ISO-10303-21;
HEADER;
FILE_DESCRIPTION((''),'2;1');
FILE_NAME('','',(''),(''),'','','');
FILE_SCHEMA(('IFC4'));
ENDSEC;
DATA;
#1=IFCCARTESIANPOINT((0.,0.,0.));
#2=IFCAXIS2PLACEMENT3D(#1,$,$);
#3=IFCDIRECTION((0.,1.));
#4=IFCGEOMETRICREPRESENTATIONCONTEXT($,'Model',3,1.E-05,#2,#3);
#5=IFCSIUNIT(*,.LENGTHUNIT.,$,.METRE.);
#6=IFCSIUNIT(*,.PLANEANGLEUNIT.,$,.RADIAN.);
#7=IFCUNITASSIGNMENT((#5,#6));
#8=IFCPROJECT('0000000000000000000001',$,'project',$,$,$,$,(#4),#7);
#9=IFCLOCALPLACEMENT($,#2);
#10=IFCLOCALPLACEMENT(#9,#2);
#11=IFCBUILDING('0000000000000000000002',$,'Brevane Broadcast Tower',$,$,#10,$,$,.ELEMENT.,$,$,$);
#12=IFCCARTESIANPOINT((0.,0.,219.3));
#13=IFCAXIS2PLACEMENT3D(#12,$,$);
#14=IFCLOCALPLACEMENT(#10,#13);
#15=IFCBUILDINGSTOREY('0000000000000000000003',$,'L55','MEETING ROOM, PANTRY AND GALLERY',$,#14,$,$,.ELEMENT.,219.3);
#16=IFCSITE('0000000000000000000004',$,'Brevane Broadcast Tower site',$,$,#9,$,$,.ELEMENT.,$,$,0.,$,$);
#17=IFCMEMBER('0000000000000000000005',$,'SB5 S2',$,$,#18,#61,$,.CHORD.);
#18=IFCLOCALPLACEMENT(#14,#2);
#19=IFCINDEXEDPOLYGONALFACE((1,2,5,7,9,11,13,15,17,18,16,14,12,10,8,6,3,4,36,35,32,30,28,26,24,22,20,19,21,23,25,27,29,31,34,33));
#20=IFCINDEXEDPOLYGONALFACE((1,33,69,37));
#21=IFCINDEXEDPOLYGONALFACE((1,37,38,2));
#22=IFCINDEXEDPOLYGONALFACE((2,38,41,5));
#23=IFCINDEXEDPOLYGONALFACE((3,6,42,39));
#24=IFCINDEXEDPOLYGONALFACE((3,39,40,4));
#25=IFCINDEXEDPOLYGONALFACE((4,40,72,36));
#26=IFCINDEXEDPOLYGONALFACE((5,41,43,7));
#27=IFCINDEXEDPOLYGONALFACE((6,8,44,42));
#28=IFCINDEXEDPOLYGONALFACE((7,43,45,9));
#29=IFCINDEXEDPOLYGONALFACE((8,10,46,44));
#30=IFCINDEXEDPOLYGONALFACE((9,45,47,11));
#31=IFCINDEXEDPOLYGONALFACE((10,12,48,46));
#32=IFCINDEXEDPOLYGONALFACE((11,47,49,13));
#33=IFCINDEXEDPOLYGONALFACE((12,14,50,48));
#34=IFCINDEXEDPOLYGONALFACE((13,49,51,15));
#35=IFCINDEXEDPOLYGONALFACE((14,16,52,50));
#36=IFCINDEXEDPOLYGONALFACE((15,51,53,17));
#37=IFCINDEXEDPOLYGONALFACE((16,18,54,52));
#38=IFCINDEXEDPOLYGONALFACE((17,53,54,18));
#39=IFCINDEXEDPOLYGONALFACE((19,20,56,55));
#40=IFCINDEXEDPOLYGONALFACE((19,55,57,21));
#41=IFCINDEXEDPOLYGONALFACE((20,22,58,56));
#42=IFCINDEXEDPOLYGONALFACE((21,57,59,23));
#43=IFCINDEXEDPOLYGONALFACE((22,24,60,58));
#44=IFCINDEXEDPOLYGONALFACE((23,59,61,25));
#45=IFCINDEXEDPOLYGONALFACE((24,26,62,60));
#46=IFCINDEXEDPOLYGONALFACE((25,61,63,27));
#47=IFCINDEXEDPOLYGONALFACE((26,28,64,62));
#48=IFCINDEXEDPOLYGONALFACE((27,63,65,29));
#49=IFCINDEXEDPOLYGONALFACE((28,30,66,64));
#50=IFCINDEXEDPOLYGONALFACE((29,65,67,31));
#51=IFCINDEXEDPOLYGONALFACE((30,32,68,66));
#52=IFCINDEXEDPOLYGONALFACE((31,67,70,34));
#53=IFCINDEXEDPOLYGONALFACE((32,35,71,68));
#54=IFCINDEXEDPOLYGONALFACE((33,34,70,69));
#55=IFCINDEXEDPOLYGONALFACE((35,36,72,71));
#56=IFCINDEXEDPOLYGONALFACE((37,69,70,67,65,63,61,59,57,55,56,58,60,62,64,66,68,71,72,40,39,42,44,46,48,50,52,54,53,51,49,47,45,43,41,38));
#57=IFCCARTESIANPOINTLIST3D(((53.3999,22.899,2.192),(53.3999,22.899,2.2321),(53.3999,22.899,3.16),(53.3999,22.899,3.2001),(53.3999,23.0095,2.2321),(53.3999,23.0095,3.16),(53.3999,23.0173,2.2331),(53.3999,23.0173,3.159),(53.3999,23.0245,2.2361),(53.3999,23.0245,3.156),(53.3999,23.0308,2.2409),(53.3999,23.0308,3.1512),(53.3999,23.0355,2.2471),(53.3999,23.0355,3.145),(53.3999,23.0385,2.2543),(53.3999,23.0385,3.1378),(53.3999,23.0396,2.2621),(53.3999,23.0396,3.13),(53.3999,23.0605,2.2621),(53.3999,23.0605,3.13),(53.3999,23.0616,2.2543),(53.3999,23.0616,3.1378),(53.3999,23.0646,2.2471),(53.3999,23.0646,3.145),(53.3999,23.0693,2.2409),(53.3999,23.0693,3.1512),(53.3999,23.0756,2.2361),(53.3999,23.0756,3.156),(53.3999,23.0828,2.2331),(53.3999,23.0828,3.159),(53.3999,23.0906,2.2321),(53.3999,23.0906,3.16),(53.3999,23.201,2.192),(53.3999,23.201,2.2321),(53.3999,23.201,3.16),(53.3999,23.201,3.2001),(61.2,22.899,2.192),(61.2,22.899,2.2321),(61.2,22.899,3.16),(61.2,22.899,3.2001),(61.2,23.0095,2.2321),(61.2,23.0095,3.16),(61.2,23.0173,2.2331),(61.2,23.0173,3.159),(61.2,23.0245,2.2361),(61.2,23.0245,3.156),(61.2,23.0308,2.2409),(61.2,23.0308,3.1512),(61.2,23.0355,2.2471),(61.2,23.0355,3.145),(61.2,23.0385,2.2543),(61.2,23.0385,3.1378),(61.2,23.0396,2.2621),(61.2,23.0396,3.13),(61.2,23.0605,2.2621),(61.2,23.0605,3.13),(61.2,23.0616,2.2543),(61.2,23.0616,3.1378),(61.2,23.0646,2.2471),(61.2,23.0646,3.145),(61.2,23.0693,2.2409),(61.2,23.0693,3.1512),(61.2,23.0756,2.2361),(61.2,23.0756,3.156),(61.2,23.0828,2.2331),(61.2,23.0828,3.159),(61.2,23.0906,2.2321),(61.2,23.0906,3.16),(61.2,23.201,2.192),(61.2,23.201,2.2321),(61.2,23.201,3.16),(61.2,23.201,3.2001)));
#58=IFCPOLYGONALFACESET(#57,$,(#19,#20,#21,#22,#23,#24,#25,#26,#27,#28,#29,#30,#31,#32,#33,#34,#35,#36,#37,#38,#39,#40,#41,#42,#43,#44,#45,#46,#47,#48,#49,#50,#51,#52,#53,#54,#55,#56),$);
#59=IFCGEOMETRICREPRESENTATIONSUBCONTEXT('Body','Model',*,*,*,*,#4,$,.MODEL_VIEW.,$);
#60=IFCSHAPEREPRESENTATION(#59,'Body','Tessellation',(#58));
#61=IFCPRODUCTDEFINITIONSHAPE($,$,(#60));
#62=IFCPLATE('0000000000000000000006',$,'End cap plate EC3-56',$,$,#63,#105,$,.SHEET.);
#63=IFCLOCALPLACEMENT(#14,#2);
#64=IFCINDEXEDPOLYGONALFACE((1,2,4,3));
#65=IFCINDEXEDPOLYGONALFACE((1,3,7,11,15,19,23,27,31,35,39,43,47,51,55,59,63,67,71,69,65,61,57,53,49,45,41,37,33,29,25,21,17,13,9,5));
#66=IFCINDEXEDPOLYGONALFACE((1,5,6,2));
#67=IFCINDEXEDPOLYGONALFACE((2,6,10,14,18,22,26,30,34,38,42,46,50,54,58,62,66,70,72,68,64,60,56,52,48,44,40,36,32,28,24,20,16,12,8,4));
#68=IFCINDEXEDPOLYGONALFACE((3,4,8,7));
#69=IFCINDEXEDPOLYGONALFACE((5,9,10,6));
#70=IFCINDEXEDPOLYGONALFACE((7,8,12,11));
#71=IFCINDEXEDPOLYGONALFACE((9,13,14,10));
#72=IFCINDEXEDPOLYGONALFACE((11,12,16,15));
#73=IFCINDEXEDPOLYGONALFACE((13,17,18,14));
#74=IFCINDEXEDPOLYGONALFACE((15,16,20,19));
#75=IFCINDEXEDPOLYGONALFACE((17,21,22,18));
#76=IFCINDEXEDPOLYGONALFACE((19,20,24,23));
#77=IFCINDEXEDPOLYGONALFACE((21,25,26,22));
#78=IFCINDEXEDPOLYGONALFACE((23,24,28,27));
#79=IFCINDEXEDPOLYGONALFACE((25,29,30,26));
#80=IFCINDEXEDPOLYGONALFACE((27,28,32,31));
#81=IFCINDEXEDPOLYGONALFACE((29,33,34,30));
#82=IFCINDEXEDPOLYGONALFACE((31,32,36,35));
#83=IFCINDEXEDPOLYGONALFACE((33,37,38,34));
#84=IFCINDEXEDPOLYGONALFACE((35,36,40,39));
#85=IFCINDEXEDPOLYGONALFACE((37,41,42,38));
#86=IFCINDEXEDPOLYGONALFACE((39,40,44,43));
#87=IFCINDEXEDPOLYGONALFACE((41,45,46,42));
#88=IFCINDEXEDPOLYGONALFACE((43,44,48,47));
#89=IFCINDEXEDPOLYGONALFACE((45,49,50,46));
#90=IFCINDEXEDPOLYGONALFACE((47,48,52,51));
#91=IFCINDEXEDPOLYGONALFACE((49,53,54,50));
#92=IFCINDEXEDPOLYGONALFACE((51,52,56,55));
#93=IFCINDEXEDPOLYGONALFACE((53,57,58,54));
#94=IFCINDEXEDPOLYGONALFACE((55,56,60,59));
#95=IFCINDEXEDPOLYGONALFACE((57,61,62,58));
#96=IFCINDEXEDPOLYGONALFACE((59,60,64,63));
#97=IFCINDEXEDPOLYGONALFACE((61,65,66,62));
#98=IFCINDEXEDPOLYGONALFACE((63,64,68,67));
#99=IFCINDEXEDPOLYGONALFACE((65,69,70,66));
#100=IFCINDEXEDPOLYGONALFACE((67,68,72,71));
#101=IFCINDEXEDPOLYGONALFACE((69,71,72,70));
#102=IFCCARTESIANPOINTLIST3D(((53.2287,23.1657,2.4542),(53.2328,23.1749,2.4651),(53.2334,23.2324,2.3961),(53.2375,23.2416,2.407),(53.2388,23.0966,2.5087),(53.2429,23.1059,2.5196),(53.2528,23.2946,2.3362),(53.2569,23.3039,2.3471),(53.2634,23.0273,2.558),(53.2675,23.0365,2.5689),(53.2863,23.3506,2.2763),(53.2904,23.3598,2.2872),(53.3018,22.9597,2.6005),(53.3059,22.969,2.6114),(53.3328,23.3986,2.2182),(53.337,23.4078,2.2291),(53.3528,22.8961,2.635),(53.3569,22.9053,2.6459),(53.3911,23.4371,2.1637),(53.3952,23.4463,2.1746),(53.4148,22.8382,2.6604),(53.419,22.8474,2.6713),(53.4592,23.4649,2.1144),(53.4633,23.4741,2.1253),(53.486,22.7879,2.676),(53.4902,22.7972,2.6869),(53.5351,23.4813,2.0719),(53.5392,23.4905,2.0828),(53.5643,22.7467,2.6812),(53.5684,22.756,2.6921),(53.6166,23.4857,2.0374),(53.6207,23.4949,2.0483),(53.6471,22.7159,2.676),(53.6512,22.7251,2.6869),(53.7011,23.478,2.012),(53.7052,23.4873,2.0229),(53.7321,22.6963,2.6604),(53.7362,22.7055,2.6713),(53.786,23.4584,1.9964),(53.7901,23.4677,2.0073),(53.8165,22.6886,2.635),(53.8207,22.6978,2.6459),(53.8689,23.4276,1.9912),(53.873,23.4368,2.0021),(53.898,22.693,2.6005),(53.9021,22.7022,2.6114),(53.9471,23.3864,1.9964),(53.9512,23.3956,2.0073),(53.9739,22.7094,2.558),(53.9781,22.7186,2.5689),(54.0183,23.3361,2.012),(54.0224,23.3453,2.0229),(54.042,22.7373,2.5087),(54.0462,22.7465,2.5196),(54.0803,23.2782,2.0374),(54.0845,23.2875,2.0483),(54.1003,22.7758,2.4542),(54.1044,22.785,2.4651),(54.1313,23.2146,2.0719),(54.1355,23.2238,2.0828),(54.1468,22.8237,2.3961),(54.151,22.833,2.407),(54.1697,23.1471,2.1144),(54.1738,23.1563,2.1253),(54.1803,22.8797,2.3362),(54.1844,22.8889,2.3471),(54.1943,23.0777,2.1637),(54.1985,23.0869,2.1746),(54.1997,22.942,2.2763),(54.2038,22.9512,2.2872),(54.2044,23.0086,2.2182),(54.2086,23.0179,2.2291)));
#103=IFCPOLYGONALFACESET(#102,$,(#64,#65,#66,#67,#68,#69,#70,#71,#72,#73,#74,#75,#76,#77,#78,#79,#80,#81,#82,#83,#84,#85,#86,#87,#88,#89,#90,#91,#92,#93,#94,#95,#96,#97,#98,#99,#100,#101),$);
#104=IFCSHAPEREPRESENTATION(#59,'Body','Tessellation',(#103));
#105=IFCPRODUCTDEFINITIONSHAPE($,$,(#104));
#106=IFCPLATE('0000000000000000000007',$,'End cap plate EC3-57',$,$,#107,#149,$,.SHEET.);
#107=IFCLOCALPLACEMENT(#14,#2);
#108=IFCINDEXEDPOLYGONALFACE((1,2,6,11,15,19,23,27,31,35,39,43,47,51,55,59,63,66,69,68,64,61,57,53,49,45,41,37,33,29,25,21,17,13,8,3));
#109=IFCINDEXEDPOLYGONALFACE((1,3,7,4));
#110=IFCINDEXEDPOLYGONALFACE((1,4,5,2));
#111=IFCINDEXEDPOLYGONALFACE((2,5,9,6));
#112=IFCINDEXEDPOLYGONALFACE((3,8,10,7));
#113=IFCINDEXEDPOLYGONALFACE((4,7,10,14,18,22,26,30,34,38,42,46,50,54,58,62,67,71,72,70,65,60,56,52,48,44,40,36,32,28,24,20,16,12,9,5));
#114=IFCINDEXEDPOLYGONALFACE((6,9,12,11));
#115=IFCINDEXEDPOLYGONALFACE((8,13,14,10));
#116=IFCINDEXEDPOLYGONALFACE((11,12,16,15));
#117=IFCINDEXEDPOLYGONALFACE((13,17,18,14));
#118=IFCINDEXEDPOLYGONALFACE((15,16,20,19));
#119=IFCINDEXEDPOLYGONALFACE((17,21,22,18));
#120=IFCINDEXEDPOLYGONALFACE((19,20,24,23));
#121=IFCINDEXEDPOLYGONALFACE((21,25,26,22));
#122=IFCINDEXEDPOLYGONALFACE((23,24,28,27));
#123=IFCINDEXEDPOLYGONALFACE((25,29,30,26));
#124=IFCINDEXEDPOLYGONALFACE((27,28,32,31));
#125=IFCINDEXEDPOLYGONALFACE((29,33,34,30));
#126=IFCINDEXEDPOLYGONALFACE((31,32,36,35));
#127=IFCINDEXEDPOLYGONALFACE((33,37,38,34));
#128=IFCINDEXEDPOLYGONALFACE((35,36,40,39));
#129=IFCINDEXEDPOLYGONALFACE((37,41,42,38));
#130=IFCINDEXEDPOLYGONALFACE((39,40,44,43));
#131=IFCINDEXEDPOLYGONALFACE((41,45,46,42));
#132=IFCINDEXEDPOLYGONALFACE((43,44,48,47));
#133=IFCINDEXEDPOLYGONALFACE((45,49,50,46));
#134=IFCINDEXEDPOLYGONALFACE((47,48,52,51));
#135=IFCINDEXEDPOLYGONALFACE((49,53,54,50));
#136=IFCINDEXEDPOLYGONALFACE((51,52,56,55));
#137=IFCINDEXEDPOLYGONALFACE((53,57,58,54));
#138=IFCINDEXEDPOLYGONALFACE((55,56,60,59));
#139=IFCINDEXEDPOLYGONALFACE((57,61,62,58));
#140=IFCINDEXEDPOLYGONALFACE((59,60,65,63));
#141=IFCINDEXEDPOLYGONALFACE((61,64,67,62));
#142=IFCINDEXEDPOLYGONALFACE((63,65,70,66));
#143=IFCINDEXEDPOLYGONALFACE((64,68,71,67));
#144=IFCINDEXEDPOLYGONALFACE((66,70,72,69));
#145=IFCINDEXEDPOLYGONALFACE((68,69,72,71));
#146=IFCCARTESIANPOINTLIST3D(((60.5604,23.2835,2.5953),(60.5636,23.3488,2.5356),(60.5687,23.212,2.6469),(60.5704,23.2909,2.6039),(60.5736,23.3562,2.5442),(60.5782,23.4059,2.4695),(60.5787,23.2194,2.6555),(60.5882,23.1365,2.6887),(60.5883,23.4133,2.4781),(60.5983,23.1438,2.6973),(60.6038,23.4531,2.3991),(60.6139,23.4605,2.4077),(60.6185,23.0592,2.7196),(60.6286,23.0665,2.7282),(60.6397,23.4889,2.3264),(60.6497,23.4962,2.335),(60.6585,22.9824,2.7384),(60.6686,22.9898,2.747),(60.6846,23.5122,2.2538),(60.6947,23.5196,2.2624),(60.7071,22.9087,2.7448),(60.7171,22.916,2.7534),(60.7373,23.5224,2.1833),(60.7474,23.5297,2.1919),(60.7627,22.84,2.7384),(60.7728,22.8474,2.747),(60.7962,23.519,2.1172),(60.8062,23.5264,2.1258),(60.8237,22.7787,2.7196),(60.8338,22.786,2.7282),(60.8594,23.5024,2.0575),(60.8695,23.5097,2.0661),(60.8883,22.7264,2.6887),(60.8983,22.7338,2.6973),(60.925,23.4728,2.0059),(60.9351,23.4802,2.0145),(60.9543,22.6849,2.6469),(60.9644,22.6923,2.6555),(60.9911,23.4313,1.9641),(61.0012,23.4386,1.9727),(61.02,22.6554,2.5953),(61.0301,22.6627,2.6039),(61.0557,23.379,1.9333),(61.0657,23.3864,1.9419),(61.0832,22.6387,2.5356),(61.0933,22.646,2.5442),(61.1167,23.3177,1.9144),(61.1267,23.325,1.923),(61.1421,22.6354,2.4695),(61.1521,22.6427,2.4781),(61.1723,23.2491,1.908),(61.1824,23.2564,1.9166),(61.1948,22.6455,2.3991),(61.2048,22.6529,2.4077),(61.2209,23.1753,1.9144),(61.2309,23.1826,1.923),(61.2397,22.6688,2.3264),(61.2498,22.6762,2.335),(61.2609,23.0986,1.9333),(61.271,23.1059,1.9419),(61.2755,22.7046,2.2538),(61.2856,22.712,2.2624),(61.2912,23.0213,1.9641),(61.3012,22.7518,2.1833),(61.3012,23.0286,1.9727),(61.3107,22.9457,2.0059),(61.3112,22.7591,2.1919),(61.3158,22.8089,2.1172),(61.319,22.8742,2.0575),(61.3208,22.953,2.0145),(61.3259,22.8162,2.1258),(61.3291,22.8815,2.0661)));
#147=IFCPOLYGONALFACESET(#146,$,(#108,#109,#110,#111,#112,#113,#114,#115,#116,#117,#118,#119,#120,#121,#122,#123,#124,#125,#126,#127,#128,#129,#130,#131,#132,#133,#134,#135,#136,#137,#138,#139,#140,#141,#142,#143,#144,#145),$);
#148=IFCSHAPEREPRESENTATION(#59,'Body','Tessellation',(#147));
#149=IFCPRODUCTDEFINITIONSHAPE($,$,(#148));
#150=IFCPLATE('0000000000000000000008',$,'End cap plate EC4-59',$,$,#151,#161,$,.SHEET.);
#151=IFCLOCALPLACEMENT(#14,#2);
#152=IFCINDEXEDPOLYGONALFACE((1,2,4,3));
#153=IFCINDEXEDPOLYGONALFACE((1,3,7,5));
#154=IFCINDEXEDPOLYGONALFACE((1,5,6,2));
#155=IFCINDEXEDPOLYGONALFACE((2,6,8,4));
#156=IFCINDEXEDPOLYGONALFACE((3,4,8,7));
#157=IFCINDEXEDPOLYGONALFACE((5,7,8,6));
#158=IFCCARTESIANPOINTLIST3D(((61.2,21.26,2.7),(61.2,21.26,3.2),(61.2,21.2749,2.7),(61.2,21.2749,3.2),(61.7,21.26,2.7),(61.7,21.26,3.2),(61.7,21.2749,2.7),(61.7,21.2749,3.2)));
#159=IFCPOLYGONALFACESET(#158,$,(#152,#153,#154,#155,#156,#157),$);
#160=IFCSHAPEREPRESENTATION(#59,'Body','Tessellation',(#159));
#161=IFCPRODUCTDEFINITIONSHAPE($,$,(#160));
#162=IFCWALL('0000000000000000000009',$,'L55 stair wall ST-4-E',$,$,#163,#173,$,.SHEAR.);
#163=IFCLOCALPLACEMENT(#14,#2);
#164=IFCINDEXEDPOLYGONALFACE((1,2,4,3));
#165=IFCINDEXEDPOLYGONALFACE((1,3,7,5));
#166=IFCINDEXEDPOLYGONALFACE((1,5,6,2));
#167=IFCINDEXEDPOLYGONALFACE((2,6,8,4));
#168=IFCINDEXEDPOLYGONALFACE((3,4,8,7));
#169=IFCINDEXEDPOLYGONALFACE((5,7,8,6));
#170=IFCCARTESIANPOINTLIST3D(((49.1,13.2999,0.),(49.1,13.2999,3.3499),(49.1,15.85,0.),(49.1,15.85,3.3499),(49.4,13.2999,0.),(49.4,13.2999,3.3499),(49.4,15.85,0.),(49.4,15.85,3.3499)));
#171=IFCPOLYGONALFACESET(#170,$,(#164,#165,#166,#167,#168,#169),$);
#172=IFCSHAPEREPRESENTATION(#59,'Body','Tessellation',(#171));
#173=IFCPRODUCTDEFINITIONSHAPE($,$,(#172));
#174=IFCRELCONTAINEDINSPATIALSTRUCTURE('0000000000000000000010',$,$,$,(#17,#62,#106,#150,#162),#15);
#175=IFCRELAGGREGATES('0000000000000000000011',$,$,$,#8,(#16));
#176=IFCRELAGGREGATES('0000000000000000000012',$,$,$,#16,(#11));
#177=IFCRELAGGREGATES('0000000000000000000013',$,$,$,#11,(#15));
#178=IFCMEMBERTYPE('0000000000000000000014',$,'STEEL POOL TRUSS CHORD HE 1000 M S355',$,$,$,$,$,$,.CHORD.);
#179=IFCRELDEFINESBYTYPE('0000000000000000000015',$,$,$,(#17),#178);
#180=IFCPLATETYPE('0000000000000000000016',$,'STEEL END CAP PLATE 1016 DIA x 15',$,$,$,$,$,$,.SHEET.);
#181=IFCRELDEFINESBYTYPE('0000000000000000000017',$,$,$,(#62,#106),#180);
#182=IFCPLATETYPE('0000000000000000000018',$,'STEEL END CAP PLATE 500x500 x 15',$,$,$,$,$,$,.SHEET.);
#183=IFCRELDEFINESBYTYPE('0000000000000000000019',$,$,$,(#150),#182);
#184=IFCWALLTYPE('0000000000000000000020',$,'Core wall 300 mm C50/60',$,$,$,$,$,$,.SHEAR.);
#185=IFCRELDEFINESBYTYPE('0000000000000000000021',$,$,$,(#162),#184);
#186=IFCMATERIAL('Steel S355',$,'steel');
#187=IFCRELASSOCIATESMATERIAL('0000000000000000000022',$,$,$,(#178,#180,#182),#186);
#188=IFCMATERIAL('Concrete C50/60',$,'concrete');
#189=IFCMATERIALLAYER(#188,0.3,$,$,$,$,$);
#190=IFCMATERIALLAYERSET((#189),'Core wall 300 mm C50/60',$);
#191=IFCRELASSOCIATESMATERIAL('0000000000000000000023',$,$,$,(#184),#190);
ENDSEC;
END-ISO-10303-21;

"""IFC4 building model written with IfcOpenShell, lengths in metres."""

from ifc_helpers import new_model, si_unit, direction, frame, frame_2d, origin, origin_2d, place, context, subcontext, project, spatial, rectangle, circle, i_section, extrude, material, layer, layer_set, material_profile, profile_set, type_object, element, save


model = new_model("IFC4")

# Units and contexts
model_context = context("Model", 3, precision=1e-05, world=origin(), true_north=direction((0.0, 1.0)))
body_context = subcontext(model_context, "Body", "Model", "MODEL_VIEW")
ifc_project = project(units=[si_unit("LENGTHUNIT", "METRE"), si_unit("PLANEANGLEUNIT", "RADIAN")], contexts=[model_context])

# Site, building, storey
site_placement = place(None, origin())
site = spatial("IfcSite", under=ifc_project, at=site_placement, Name="Brevane Broadcast Tower site", CompositionType="ELEMENT", RefElevation=0.0)
building_placement = place(site_placement, origin())
building = spatial("IfcBuilding", under=site, at=building_placement, Name="Brevane Broadcast Tower", CompositionType="ELEMENT")
storey_placement = place(building_placement, frame((0.0, 0.0, 219.3)))
storey = spatial("IfcBuildingStorey", under=building, at=storey_placement, Name="L55", Description="MEETING ROOM, PANTRY AND GALLERY", CompositionType="ELEMENT", Elevation=219.3)

# Shared definitions
ifc_material_1 = material(Name="Concrete C50/60", Category="concrete")

# Shared definitions
ifc_material_2 = material(Name="Steel S355", Category="steel")

# Member
ifc_material_profile_1 = material_profile(ifc_material_2, i_section(OverallWidth=0.302, OverallDepth=1.0081, WebThickness=0.021, FlangeThickness=0.04, FilletRadius=0.03, at=origin_2d()), Name="HE 1000 M")
ifc_profile_set_1 = profile_set([ifc_material_profile_1], Name="Steel S355")
member_type_1 = type_object("IfcMemberType", Name="STEEL POOL TRUSS CHORD HE 1000 M S355", PredefinedType="CHORD", material=ifc_profile_set_1)
member_1_placement = place(storey_placement, frame((53.3999, 23.05, 2.696), z_axis=(1.0, 0.0, 0.0), x_axis=(0.0, 1.0, 0.0)))
element("IfcMember", 1, at=member_1_placement, inside=storey, type_object=member_type_1, Name="SB5 S2", PredefinedType="CHORD", context=body_context, shape_type="SweptSolid", body=[
    extrude(i_section(OverallWidth=0.302, OverallDepth=1.0081, WebThickness=0.021, FlangeThickness=0.04, FilletRadius=0.03, at=origin_2d()), origin(), (0.0, 0.0, 1.0), 7.8),
])

# Plates
ifc_material_profile_2 = material_profile(ifc_material_2, circle(Radius=0.5081, at=origin_2d()), Name="PL 1016 DIA x 15")
ifc_profile_set_2 = profile_set([ifc_material_profile_2], Name="Steel S355")
plate_type_1 = type_object("IfcPlateType", Name="STEEL END CAP PLATE 1016 DIA x 15", PredefinedType="SHEET", material=ifc_profile_set_2)
plate_1_placement = place(storey_placement, frame((53.7166, 23.0872, 2.3362), z_axis=(0.277313, 0.619877, 0.734064), x_axis=(-0.912818, 0.408366, 0.0)))
element("IfcPlate", 2, at=plate_1_placement, inside=storey, type_object=plate_type_1, Name="End cap plate EC3-56", PredefinedType="SHEET", context=body_context, shape_type="SweptSolid", body=[
    extrude(circle(Radius=0.5081, at=origin_2d()), origin(), (0.0, 0.0, 1.0), 0.0149),
])
plate_2_placement = place(storey_placement, frame((60.9397, 23.0789, 2.3264), z_axis=(0.664583, 0.486281, 0.567327), x_axis=(-0.59051, 0.80703, 0.0)))
element("IfcPlate", 3, at=plate_2_placement, inside=storey, type_object=plate_type_1, Name="End cap plate EC3-57", PredefinedType="SHEET", context=body_context, shape_type="SweptSolid", body=[
    extrude(circle(Radius=0.5081, at=origin_2d()), origin(), (0.0, 0.0, 1.0), 0.0151),
])
ifc_material_profile_3 = material_profile(ifc_material_2, rectangle(XDim=0.5, YDim=0.5, at=origin_2d()), Name="PL 500x500 x 15")
ifc_profile_set_3 = profile_set([ifc_material_profile_3], Name="Steel S355")
plate_type_2 = type_object("IfcPlateType", Name="STEEL END CAP PLATE 500x500 x 15", PredefinedType="SHEET", material=ifc_profile_set_3)
plate_3_placement = place(storey_placement, frame((61.45, 21.26, 2.95), z_axis=(0.0, 1.0, 0.0), x_axis=(-1.0, 0.0, 0.0)))
element("IfcPlate", 4, at=plate_3_placement, inside=storey, type_object=plate_type_2, Name="End cap plate EC4-59", PredefinedType="SHEET", context=body_context, shape_type="SweptSolid", body=[
    extrude(rectangle(XDim=0.5, YDim=0.5, at=origin_2d()), origin(), (0.0, 0.0, 1.0), 0.0149),
])

# Wall
ifc_layer_1 = layer(ifc_material_1, 0.3)
ifc_layer_set_1 = layer_set([ifc_layer_1], Name="Core wall 300 mm C50/60")
wall_type_1 = type_object("IfcWallType", Name="Core wall 300 mm C50/60", PredefinedType="SHEAR", material=ifc_layer_set_1)
wall_1_placement = place(storey_placement, frame((49.25, 13.3, 0.0), z_axis=(0.0, 0.0, 1.0), x_axis=(0.0, 1.0, 0.0)))
element("IfcWall", 5, at=wall_1_placement, inside=storey, type_object=wall_type_1, Name="L55 stair wall ST-4-E", PredefinedType="SHEAR", context=body_context, shape_type="SweptSolid", body=[
    extrude(rectangle(XDim=2.55, YDim=0.3, at=frame_2d((1.2749, 0.0))), origin(), (0.0, 0.0, 1.0), 3.3499),
])

save(model, "model.ifc")
